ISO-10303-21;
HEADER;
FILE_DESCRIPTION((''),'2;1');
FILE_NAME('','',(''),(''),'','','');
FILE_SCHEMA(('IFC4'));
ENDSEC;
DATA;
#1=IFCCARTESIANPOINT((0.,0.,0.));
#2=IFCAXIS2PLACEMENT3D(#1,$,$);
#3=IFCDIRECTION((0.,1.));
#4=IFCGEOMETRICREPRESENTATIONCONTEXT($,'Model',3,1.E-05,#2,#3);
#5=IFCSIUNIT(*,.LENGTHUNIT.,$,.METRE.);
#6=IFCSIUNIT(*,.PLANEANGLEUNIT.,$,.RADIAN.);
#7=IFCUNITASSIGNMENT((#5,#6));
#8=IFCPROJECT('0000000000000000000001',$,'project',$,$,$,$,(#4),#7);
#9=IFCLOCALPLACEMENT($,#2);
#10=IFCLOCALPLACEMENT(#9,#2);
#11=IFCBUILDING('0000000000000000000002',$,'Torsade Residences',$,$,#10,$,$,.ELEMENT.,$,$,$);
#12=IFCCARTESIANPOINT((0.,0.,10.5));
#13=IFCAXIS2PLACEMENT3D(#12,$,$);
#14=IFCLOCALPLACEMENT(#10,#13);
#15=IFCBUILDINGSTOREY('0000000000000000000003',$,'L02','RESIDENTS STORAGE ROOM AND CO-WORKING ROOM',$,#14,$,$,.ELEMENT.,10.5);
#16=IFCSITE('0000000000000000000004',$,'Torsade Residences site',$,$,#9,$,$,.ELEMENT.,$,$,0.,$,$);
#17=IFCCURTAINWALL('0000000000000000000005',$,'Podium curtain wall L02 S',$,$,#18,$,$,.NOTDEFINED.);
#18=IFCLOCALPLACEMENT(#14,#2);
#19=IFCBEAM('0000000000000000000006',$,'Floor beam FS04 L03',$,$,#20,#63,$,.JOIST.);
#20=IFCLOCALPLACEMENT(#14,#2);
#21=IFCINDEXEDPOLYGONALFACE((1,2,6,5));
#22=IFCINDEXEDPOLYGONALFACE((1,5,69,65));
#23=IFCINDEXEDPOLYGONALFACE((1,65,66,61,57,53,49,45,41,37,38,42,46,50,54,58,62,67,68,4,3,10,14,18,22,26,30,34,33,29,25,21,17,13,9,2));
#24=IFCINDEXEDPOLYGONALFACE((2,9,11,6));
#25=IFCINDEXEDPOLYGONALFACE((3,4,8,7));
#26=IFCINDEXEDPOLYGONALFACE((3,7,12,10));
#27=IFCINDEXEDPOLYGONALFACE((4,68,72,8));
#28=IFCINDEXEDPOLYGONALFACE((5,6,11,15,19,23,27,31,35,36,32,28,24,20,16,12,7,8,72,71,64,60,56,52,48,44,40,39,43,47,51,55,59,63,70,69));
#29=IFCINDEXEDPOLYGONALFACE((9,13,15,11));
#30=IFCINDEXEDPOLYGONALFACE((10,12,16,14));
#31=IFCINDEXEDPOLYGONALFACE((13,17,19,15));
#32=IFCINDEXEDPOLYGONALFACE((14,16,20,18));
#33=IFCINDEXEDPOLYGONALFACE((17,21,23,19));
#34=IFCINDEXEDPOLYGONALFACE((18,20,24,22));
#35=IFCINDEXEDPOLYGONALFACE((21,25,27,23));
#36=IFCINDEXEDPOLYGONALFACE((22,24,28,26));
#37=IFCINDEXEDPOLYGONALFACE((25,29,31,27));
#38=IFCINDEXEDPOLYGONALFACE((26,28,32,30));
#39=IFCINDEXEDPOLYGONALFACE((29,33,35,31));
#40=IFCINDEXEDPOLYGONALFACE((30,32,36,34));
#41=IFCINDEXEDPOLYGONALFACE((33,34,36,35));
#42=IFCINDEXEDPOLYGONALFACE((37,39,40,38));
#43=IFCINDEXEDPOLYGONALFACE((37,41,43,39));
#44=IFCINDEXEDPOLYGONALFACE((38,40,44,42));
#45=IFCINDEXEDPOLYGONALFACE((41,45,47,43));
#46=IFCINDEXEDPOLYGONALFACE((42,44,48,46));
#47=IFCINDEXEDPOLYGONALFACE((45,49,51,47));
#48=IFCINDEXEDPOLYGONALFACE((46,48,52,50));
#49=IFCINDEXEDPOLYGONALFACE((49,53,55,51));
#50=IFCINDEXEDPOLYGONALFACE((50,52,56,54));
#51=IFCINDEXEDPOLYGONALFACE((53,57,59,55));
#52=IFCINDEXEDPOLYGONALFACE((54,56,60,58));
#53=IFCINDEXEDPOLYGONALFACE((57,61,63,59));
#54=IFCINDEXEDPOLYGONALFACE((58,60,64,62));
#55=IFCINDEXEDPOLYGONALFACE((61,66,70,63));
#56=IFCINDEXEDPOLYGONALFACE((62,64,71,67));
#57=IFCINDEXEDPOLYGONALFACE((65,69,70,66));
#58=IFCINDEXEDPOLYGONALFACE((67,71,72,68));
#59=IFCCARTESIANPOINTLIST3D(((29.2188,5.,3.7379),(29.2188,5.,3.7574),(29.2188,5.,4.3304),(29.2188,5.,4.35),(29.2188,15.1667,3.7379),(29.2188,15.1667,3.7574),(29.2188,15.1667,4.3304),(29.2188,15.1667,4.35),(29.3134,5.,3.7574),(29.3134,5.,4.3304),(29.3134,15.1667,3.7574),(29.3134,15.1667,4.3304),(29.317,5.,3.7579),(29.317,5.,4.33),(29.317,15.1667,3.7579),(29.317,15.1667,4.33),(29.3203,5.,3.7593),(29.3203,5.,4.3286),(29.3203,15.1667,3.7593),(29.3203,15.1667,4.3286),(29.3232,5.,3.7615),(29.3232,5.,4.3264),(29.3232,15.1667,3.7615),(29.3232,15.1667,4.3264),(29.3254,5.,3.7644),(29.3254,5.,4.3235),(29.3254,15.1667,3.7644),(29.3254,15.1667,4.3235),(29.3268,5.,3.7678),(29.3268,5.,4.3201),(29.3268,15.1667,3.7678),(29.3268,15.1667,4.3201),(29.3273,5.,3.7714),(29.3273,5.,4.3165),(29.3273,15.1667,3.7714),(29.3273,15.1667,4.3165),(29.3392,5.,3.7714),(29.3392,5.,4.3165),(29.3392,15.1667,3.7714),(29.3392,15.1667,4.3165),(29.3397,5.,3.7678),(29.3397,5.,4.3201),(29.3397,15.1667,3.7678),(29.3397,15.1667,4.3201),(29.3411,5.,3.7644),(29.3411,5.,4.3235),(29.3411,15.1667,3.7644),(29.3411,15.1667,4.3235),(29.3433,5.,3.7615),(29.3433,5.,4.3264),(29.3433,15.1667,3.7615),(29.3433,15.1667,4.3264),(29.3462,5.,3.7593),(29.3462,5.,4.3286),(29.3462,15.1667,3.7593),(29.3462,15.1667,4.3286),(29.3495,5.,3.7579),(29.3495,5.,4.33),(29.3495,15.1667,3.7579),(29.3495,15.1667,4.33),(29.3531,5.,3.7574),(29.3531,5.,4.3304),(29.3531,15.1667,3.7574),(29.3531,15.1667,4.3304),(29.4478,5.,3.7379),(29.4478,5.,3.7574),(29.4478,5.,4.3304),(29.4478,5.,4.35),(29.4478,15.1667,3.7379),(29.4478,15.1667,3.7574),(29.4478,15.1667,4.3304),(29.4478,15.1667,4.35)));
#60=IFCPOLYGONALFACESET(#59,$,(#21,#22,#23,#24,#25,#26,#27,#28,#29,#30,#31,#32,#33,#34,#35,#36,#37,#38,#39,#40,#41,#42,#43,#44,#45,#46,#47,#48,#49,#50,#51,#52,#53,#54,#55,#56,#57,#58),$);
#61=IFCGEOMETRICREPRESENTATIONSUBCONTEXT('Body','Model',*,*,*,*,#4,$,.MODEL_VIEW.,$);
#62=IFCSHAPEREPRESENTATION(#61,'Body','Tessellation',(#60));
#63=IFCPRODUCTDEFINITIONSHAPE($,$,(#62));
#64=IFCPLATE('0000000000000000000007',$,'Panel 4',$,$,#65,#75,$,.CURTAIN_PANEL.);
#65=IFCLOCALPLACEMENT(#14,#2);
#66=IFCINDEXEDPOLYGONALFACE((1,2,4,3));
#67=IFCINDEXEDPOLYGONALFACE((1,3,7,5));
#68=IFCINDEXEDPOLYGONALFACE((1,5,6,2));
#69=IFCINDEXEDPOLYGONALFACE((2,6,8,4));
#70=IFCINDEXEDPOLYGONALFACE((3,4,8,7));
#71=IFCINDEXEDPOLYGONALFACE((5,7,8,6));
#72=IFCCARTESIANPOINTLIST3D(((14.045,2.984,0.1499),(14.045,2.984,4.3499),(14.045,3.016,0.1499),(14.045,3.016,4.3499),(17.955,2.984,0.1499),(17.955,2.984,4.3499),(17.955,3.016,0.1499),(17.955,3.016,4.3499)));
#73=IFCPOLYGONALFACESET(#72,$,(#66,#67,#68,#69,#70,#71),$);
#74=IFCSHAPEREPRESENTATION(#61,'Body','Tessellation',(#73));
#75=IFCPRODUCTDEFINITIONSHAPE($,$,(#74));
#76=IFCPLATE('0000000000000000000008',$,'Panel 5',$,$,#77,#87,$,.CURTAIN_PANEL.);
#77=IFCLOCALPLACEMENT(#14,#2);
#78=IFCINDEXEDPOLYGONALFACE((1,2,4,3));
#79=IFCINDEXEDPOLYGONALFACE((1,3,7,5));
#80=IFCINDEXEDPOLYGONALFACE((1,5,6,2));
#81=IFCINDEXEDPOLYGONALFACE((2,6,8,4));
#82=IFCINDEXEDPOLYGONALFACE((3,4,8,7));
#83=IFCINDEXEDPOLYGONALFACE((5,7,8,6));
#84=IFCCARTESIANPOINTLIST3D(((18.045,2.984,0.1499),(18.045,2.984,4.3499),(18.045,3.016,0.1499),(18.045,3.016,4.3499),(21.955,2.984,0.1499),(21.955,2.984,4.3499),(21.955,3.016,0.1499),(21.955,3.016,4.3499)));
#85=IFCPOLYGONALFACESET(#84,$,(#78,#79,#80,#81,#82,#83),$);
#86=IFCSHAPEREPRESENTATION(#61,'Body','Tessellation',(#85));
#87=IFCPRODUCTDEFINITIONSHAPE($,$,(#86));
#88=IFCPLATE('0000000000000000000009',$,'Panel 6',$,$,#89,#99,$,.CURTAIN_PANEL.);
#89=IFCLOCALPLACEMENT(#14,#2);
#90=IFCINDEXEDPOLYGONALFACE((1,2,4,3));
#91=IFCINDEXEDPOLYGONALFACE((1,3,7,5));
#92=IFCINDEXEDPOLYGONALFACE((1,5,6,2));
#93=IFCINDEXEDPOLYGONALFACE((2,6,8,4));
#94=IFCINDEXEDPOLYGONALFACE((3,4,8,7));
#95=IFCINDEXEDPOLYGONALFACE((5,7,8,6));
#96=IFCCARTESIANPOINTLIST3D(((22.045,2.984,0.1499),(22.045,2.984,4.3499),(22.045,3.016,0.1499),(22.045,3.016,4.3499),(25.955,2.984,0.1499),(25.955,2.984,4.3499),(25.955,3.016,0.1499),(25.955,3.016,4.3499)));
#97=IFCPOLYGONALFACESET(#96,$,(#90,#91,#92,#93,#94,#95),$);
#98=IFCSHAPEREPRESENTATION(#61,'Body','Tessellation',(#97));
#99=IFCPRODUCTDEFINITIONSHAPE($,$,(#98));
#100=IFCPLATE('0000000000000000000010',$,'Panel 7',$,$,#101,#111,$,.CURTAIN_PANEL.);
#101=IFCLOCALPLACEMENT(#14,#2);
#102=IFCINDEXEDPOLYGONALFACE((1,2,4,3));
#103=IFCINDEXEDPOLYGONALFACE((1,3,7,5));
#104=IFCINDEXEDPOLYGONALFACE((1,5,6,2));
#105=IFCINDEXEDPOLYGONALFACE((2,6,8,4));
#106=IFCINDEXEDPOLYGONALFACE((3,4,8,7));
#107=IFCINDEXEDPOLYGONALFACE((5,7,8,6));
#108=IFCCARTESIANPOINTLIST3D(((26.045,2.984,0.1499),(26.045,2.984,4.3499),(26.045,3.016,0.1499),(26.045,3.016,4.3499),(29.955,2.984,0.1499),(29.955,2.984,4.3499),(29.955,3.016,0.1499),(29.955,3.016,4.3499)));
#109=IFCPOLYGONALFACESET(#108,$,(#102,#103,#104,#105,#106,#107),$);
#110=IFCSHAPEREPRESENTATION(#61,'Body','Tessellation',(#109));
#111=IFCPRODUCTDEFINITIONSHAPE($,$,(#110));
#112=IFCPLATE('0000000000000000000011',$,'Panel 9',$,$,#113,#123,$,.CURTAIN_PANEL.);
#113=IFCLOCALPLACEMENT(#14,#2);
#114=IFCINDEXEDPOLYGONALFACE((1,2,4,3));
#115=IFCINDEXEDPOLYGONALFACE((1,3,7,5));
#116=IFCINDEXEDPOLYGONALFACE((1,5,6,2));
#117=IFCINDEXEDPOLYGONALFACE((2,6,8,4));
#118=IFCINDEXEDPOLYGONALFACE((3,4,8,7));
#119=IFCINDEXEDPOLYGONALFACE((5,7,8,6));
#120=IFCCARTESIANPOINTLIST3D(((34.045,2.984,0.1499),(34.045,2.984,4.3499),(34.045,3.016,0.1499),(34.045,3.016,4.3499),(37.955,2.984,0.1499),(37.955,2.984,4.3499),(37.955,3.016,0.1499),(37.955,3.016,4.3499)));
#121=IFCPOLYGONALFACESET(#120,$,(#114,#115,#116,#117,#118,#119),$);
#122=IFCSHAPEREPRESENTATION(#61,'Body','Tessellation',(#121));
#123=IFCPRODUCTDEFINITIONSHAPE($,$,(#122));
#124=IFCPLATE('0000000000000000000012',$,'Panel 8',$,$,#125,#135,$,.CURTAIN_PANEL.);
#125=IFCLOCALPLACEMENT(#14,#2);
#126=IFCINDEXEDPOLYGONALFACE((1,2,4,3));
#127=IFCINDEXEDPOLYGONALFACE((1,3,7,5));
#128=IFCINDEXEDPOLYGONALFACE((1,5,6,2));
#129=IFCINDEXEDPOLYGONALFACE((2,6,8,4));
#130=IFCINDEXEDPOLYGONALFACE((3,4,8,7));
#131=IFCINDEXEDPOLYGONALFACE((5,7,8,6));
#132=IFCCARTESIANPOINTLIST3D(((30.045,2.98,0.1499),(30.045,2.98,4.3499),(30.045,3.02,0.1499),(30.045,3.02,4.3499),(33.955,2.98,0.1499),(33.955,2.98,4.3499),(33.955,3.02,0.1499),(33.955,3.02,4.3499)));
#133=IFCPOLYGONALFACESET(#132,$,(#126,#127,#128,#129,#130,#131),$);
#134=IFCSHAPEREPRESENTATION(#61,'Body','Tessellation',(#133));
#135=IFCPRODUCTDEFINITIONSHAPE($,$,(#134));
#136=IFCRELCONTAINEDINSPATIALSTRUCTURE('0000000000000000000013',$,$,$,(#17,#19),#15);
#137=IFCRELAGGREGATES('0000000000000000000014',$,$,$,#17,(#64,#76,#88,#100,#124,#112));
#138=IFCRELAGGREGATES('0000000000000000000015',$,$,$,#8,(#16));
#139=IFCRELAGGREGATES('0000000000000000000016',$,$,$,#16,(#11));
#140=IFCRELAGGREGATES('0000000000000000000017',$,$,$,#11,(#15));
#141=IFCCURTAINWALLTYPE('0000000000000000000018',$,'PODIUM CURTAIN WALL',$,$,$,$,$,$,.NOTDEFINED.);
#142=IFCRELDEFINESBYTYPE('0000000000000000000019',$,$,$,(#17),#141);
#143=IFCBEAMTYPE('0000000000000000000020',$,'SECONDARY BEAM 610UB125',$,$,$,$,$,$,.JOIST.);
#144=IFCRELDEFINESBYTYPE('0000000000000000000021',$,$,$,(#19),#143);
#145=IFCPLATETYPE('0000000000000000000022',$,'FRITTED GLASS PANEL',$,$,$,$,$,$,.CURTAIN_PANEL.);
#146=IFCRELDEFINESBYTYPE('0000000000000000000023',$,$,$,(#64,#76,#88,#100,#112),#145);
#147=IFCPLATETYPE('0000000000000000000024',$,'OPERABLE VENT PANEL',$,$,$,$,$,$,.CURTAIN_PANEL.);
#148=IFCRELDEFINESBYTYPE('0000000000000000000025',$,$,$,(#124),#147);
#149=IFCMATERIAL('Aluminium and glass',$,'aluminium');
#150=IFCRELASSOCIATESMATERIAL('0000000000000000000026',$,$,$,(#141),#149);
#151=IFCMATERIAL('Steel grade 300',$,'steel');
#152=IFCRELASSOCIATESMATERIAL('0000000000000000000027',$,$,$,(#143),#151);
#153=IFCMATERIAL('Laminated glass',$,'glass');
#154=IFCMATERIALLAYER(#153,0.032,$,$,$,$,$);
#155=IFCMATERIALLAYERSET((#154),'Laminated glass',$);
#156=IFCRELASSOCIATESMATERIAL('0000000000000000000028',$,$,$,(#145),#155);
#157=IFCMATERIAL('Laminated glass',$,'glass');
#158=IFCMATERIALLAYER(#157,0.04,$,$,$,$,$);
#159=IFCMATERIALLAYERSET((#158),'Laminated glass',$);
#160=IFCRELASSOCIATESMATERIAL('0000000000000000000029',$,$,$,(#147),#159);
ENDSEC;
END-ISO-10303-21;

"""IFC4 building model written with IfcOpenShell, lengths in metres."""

from ifc_helpers import new_model, si_unit, direction, frame, origin, origin_2d, place, context, subcontext, project, spatial, rectangle, i_section, extrude, material, layer, layer_set, material_profile, profile_set, type_object, element, aggregate, save


model = new_model("IFC4")

# Units and contexts
model_context = context("Model", 3, precision=1e-05, world=origin(), true_north=direction((0.0, 1.0)))
body_context = subcontext(model_context, "Body", "Model", "MODEL_VIEW")
ifc_project = project(units=[si_unit("LENGTHUNIT", "METRE"), si_unit("PLANEANGLEUNIT", "RADIAN")], contexts=[model_context])

# Site, building, storey
site_placement = place(None, origin())
site = spatial("IfcSite", under=ifc_project, at=site_placement, Name="Torsade Residences site", CompositionType="ELEMENT", RefElevation=0.0)
building_placement = place(site_placement, origin())
building = spatial("IfcBuilding", under=site, at=building_placement, Name="Torsade Residences", CompositionType="ELEMENT")
storey_placement = place(building_placement, frame((0.0, 0.0, 10.5)))
storey = spatial("IfcBuildingStorey", under=building, at=storey_placement, Name="L02", Description="RESIDENTS STORAGE ROOM AND CO-WORKING ROOM", CompositionType="ELEMENT", Elevation=10.5)

# Curtain wall
ifc_material_1 = material(Name="Aluminium and glass", Category="aluminium")
curtain_wall_type = type_object("IfcCurtainWallType", Name="PODIUM CURTAIN WALL", PredefinedType="NOTDEFINED", material=ifc_material_1)
curtain_wall_placement = place(storey_placement, origin())
curtain_wall = element("IfcCurtainWall", 1, at=curtain_wall_placement, inside=storey, type_object=curtain_wall_type, Name="Podium curtain wall L02 S", PredefinedType="NOTDEFINED")

# Beam
ifc_material_2 = material(Name="Steel grade 300", Category="steel")
ifc_material_profile_1 = material_profile(ifc_material_2, i_section(OverallWidth=0.229, OverallDepth=0.6121, WebThickness=0.012, FlangeThickness=0.0195, FilletRadius=0.0139, at=origin_2d()), Name="610UB125")
ifc_profile_set_1 = profile_set([ifc_material_profile_1], Name="Steel grade 300")
beam_type_1 = type_object("IfcBeamType", Name="SECONDARY BEAM 610UB125", PredefinedType="JOIST", material=ifc_profile_set_1)
beam_1_placement = place(storey_placement, frame((29.3333, 5.0, 4.0439), z_axis=(0.0, 1.0, 0.0), x_axis=(-1.0, 0.0, 0.0)))
element("IfcBeam", 2, at=beam_1_placement, inside=storey, type_object=beam_type_1, Name="Floor beam FS04 L03", PredefinedType="JOIST", context=body_context, shape_type="SweptSolid", body=[
    extrude(i_section(OverallWidth=0.229, OverallDepth=0.6121, WebThickness=0.012, FlangeThickness=0.0195, FilletRadius=0.0139, at=origin_2d()), origin(), (0.0, 0.0, 1.0), 10.1667),
])

# Plates
ifc_material_3 = material(Name="Laminated glass", Category="glass")
ifc_layer_1 = layer(ifc_material_3, 0.032)
ifc_layer_set_1 = layer_set([ifc_layer_1], Name="Laminated glass")
plate_type_1 = type_object("IfcPlateType", Name="FRITTED GLASS PANEL", PredefinedType="CURTAIN_PANEL", material=ifc_layer_set_1)
plate_1_placement = place(storey_placement, frame((16.0, 3.0, 0.1499), z_axis=(0.0, 0.0, 1.0), x_axis=(1.0, 0.0, 0.0)))
plate_1 = element("IfcPlate", 3, at=plate_1_placement, type_object=plate_type_1, Name="Panel 4", PredefinedType="CURTAIN_PANEL", context=body_context, shape_type="SweptSolid", body=[
    extrude(rectangle(XDim=3.9099, YDim=0.032, at=origin_2d()), origin(), (0.0, 0.0, 1.0), 4.2),
])
plate_2_placement = place(storey_placement, frame((20.0, 3.0, 0.1499), z_axis=(0.0, 0.0, 1.0), x_axis=(1.0, 0.0, 0.0)))
plate_2 = element("IfcPlate", 4, at=plate_2_placement, type_object=plate_type_1, Name="Panel 5", PredefinedType="CURTAIN_PANEL", context=body_context, shape_type="SweptSolid", body=[
    extrude(rectangle(XDim=3.9099, YDim=0.032, at=origin_2d()), origin(), (0.0, 0.0, 1.0), 4.2),
])
plate_3_placement = place(storey_placement, frame((24.0, 3.0, 0.1499), z_axis=(0.0, 0.0, 1.0), x_axis=(1.0, 0.0, 0.0)))
plate_3 = element("IfcPlate", 5, at=plate_3_placement, type_object=plate_type_1, Name="Panel 6", PredefinedType="CURTAIN_PANEL", context=body_context, shape_type="SweptSolid", body=[
    extrude(rectangle(XDim=3.9099, YDim=0.032, at=origin_2d()), origin(), (0.0, 0.0, 1.0), 4.2),
])
plate_4_placement = place(storey_placement, frame((28.0, 3.0, 0.1499), z_axis=(0.0, 0.0, 1.0), x_axis=(1.0, 0.0, 0.0)))
plate_4 = element("IfcPlate", 6, at=plate_4_placement, type_object=plate_type_1, Name="Panel 7", PredefinedType="CURTAIN_PANEL", context=body_context, shape_type="SweptSolid", body=[
    extrude(rectangle(XDim=3.9099, YDim=0.032, at=origin_2d()), origin(), (0.0, 0.0, 1.0), 4.2),
])
plate_5_placement = place(storey_placement, frame((36.0, 3.0, 0.1499), z_axis=(0.0, 0.0, 1.0), x_axis=(1.0, 0.0, 0.0)))
plate_5 = element("IfcPlate", 7, at=plate_5_placement, type_object=plate_type_1, Name="Panel 9", PredefinedType="CURTAIN_PANEL", context=body_context, shape_type="SweptSolid", body=[
    extrude(rectangle(XDim=3.9099, YDim=0.032, at=origin_2d()), origin(), (0.0, 0.0, 1.0), 4.2),
])
ifc_material_4 = material(Name="Laminated glass", Category="glass")
ifc_layer_2 = layer(ifc_material_4, 0.04)
ifc_layer_set_2 = layer_set([ifc_layer_2], Name="Laminated glass")
plate_type_2 = type_object("IfcPlateType", Name="OPERABLE VENT PANEL", PredefinedType="CURTAIN_PANEL", material=ifc_layer_set_2)
plate_6_placement = place(storey_placement, frame((32.0, 3.0, 0.1499), z_axis=(0.0, 0.0, 1.0), x_axis=(1.0, 0.0, 0.0)))
plate_6 = element("IfcPlate", 8, at=plate_6_placement, type_object=plate_type_2, Name="Panel 8", PredefinedType="CURTAIN_PANEL", context=body_context, shape_type="SweptSolid", body=[
    extrude(rectangle(XDim=3.9099, YDim=0.04, at=origin_2d()), origin(), (0.0, 0.0, 1.0), 4.2),
])
aggregate(curtain_wall, [plate_1, plate_2, plate_3, plate_4, plate_6, plate_5])

save(model, "model.ifc")
